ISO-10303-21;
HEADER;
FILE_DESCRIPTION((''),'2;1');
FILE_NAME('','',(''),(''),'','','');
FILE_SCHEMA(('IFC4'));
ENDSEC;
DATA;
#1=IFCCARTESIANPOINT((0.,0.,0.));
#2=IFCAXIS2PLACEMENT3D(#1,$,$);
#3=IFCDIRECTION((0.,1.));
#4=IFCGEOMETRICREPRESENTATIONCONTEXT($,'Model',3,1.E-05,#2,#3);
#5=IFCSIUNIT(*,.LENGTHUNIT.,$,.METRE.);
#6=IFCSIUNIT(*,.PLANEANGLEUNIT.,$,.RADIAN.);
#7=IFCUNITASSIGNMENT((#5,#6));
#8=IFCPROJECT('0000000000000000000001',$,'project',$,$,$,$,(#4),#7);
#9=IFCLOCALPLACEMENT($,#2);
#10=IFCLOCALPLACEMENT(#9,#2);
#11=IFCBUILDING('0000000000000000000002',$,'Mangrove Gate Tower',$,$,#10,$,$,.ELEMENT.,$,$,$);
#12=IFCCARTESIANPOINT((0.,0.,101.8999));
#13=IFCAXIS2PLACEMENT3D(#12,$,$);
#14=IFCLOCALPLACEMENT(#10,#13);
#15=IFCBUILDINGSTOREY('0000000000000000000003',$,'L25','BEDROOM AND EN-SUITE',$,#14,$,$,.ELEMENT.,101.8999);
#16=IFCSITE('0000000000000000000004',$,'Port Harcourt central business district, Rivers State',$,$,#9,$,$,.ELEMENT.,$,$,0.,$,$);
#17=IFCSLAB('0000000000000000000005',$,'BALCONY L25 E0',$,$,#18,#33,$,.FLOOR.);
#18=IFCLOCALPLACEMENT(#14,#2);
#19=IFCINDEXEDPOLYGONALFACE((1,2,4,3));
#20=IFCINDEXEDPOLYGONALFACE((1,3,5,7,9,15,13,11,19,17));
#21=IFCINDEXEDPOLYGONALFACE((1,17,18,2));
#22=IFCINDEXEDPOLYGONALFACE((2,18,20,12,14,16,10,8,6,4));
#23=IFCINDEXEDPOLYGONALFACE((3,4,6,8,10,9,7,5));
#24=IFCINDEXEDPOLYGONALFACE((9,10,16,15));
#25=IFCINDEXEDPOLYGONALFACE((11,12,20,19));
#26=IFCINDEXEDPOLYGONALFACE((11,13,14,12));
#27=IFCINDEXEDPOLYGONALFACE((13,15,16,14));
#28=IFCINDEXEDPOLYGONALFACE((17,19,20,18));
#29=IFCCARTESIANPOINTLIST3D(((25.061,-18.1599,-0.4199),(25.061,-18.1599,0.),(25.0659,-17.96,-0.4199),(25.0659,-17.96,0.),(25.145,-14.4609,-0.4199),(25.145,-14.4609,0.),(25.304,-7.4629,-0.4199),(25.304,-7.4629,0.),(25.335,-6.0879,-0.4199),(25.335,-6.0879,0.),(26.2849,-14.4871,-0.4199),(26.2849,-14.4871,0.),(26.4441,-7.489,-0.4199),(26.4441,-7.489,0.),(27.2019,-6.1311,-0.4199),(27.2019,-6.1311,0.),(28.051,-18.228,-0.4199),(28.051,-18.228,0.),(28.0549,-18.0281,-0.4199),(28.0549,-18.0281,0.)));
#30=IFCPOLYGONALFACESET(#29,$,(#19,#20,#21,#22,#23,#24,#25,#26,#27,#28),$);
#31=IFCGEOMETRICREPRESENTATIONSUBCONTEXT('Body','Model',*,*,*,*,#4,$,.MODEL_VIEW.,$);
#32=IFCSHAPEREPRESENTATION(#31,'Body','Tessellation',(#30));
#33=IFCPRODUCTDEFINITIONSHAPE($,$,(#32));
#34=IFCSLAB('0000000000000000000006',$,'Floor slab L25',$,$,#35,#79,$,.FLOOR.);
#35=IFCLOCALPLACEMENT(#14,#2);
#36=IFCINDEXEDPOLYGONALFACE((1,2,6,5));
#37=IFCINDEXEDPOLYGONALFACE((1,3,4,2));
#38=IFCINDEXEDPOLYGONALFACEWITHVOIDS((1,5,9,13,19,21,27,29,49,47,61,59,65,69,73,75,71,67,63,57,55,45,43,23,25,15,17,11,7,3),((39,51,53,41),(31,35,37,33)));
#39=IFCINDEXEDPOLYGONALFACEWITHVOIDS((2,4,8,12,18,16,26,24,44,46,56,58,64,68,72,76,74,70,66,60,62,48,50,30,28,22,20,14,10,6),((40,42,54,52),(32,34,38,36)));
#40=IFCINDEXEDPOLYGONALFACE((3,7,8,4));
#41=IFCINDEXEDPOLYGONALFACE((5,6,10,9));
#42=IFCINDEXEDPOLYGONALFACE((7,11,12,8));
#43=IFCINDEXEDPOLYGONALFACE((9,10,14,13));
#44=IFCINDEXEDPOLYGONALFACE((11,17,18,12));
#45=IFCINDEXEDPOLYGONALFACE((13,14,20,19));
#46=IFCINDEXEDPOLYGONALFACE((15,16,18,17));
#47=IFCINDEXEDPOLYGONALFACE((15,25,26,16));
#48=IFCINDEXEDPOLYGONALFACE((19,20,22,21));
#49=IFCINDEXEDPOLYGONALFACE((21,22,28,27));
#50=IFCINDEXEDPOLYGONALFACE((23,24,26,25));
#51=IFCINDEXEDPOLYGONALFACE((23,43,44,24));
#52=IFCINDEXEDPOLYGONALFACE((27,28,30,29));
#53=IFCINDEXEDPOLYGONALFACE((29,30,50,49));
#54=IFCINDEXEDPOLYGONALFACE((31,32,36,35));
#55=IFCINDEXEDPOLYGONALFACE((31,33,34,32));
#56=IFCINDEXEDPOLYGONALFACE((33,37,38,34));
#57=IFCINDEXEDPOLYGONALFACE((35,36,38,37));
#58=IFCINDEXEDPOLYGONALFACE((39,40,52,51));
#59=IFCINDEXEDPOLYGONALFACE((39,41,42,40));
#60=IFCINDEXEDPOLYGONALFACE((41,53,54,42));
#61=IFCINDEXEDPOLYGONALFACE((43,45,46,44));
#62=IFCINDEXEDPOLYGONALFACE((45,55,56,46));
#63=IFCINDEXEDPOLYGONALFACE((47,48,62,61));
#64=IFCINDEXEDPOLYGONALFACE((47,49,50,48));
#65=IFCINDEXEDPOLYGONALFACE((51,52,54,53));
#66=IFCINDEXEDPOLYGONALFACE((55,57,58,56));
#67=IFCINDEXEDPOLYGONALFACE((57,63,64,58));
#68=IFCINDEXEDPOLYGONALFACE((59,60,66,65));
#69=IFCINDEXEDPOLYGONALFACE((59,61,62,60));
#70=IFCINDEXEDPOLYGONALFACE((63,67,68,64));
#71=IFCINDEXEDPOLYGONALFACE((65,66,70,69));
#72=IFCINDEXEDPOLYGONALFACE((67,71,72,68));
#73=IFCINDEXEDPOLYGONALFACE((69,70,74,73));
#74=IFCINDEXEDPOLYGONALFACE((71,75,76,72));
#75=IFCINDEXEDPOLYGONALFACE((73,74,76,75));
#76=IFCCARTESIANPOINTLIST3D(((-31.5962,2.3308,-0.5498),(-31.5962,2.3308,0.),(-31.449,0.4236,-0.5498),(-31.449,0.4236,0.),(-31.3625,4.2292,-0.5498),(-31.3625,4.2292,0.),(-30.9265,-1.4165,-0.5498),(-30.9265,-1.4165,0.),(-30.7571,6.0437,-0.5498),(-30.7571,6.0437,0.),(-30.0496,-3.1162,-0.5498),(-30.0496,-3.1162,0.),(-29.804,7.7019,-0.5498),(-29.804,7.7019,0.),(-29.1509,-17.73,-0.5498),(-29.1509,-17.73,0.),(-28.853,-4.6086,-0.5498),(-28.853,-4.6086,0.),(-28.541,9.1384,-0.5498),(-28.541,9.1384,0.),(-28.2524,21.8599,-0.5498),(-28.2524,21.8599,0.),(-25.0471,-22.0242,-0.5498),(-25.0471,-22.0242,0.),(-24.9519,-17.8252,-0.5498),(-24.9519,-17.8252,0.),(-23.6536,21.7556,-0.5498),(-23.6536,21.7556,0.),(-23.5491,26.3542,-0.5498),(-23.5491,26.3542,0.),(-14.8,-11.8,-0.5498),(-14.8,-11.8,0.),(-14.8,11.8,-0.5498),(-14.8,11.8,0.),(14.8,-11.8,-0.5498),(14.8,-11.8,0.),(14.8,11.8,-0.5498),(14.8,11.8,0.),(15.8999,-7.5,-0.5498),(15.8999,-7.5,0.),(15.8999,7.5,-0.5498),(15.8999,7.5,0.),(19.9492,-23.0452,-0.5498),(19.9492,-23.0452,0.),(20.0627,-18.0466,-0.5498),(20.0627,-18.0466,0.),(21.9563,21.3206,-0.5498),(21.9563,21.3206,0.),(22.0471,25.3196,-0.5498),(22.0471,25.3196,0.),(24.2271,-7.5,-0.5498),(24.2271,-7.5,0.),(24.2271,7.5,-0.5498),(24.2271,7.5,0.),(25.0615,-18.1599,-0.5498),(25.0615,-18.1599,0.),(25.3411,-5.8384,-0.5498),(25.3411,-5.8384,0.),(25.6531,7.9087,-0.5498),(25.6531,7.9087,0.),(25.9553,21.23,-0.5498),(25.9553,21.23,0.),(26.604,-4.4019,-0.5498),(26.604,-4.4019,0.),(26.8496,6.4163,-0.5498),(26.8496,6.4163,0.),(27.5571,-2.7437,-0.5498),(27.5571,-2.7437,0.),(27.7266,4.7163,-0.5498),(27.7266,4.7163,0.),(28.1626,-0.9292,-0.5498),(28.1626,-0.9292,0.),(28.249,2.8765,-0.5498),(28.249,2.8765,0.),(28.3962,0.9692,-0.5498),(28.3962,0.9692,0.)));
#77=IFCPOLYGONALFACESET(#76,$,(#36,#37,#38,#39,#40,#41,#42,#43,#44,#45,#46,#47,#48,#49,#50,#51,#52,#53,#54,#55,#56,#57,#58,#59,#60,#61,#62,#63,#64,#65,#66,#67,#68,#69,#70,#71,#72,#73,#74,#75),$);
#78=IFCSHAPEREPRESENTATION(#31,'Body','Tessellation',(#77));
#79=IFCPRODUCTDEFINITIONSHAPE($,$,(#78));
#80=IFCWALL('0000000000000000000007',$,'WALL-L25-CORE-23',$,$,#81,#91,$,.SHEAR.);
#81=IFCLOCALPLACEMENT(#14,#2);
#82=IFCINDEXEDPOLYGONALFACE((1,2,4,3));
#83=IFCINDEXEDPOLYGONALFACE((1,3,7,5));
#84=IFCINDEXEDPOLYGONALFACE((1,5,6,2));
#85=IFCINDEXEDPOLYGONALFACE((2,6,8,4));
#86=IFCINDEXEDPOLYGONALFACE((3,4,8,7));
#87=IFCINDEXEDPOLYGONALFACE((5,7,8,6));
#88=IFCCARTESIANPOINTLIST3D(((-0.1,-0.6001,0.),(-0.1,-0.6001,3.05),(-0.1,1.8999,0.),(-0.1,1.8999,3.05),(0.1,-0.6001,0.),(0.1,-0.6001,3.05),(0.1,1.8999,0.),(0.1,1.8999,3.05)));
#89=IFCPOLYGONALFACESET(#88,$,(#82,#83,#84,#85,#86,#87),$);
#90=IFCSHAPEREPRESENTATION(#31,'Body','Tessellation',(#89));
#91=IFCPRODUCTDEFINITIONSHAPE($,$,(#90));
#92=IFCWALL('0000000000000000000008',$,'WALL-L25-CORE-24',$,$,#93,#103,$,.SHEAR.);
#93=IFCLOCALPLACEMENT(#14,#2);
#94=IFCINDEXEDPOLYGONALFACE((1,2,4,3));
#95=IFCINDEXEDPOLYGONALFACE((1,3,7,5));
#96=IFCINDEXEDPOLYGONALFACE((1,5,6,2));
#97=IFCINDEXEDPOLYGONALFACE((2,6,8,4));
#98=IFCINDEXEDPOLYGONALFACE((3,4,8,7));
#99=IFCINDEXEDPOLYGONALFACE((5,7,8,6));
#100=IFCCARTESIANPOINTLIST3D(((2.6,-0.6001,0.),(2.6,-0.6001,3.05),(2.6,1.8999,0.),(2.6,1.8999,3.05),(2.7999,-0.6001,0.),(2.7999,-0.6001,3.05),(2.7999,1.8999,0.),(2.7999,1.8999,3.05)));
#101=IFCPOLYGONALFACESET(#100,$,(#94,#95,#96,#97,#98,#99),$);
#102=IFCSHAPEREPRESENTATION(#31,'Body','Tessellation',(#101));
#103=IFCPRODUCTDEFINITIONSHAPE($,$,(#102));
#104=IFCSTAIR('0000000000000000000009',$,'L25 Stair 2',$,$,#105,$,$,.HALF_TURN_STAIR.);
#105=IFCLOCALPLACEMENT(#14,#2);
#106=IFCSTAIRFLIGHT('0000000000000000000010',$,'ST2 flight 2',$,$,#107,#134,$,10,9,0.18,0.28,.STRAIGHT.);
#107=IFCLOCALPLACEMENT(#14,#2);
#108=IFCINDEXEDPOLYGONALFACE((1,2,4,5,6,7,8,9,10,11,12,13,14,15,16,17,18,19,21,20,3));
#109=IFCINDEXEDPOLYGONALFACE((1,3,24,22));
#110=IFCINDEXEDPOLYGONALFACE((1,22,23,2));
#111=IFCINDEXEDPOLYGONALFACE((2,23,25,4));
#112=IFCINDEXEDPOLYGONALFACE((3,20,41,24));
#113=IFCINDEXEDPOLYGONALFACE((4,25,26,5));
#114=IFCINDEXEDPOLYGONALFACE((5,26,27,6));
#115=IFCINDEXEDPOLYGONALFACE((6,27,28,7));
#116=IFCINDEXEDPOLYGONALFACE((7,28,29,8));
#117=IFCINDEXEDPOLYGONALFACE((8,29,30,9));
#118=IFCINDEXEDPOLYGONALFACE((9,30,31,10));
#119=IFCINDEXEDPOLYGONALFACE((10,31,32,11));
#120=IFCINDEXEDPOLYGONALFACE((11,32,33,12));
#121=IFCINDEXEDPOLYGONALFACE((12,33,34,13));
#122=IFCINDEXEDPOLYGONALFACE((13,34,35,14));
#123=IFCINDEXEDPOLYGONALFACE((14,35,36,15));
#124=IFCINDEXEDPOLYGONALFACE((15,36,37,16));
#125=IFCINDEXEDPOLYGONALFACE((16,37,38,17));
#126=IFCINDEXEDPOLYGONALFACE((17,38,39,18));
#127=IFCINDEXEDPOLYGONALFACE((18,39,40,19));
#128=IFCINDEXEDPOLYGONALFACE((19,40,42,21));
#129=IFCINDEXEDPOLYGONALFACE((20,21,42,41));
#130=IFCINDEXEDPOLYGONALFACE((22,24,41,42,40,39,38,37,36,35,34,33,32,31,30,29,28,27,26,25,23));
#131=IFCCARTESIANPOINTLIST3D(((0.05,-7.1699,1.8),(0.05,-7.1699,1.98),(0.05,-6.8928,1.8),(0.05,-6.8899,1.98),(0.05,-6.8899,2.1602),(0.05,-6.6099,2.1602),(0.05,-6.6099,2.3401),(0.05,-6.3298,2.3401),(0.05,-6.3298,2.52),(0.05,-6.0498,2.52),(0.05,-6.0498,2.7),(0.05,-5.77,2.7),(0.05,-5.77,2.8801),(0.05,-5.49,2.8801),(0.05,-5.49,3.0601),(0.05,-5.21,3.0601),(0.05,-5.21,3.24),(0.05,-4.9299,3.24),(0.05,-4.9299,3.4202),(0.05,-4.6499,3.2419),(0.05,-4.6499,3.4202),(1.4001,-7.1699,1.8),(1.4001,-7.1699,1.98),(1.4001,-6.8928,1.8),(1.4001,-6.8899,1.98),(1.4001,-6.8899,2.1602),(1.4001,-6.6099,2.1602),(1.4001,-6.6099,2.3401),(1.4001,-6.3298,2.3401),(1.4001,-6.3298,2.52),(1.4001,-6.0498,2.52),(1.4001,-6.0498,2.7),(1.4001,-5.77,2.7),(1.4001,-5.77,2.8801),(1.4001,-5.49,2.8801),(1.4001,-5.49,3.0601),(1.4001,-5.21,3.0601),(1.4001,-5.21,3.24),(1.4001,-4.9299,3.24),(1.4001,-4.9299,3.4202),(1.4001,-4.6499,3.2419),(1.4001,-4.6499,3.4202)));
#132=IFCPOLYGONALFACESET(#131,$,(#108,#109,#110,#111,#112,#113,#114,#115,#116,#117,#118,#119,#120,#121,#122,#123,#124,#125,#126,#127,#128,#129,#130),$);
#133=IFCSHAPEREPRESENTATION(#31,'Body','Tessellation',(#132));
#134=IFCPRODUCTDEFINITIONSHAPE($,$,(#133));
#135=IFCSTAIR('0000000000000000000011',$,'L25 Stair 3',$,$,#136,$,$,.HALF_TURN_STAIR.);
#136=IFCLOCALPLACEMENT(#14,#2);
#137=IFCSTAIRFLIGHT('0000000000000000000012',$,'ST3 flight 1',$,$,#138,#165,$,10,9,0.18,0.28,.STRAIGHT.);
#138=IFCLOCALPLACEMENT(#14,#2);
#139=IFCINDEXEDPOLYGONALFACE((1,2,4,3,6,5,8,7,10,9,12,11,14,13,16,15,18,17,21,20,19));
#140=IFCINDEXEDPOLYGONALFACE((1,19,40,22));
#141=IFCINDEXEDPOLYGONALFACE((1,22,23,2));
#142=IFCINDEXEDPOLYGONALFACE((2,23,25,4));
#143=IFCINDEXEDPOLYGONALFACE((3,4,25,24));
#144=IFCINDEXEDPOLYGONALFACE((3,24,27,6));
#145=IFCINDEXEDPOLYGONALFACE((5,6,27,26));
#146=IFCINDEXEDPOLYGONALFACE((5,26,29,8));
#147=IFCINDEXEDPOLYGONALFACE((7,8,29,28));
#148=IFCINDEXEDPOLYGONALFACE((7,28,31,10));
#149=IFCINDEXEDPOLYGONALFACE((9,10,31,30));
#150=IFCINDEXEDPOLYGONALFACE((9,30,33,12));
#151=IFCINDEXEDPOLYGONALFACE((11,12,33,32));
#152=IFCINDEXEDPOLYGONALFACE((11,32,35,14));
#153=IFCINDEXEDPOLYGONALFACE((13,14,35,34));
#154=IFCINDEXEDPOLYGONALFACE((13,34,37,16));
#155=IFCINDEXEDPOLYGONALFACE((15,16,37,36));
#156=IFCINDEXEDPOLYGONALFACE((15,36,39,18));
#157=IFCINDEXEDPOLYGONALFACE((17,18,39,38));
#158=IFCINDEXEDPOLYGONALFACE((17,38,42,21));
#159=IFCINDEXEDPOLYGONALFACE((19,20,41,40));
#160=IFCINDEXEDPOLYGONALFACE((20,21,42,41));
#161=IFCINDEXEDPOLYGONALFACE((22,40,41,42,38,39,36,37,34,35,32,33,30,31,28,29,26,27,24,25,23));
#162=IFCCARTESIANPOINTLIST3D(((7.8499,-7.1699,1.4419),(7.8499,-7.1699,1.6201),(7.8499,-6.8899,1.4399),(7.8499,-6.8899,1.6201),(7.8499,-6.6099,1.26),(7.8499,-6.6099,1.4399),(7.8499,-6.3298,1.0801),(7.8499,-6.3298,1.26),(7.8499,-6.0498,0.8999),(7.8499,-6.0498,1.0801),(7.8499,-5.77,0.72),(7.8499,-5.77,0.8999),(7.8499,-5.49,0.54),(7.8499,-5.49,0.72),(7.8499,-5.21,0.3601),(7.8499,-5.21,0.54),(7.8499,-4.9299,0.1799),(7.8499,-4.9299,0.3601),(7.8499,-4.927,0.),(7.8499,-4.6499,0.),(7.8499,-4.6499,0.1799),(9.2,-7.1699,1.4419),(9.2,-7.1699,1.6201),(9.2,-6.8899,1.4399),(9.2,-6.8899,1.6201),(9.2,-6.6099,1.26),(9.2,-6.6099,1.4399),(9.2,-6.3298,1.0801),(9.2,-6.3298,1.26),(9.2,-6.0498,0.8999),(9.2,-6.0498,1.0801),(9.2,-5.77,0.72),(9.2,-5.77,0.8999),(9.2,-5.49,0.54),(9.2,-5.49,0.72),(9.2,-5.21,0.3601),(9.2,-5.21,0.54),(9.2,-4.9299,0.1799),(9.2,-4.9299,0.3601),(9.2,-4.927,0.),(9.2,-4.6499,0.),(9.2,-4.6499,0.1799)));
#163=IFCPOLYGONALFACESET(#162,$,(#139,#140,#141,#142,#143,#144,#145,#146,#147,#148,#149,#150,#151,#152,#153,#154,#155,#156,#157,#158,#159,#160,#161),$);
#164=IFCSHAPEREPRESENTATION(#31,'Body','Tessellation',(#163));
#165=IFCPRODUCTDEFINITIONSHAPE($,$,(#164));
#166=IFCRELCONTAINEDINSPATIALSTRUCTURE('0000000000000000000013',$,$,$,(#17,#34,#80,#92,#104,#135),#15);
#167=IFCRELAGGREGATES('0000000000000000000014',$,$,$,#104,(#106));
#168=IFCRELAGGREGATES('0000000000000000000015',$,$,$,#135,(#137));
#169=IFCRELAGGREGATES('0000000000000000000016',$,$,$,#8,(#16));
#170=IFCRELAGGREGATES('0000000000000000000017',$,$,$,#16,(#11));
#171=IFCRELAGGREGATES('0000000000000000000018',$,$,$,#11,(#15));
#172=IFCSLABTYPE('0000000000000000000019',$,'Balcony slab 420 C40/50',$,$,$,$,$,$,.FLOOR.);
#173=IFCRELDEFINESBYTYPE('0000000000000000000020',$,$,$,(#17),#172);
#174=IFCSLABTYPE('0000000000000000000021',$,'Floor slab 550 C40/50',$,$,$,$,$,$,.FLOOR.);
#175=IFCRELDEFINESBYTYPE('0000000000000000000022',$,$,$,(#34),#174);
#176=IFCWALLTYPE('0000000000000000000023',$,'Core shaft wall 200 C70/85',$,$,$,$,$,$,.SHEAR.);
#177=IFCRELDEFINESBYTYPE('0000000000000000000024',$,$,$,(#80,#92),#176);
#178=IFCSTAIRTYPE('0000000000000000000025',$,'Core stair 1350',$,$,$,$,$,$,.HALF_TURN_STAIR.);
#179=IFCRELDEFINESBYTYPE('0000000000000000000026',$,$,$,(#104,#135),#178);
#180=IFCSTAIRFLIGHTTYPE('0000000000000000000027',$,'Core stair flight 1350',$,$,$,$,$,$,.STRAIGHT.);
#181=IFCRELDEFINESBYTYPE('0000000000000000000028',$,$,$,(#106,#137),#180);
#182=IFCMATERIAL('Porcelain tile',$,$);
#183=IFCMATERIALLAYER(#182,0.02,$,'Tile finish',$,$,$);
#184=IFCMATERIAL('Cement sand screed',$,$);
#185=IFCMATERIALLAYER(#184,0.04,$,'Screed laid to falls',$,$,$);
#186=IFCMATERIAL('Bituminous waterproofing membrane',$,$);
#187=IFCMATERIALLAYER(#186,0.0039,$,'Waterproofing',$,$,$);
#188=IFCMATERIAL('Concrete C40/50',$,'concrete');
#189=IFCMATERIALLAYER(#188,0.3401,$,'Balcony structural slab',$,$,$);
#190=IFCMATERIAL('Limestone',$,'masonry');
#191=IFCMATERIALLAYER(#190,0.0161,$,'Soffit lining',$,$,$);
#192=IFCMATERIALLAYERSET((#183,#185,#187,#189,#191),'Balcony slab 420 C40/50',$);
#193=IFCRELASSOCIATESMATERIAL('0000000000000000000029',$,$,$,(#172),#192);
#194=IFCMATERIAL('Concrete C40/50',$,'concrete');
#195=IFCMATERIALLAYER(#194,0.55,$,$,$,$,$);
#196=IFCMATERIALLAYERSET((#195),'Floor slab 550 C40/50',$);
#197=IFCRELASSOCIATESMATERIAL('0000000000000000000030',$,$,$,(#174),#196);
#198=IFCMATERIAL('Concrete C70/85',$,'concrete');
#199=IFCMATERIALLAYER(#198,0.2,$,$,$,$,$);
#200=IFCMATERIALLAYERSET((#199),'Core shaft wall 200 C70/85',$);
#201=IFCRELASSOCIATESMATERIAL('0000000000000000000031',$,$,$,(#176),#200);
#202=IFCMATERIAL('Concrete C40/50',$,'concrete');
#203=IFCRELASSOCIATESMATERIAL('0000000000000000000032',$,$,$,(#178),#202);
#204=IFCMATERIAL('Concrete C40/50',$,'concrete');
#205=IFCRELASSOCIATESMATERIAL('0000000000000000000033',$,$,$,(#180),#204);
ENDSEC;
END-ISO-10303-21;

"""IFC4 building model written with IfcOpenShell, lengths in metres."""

from ifc_helpers import new_model, si_unit, direction, frame, frame_2d, origin, place, context, subcontext, project, spatial, polyline, rectangle, outline, extrude, material, layer, layer_set, type_object, element, aggregate, save


model = new_model("IFC4")

# Units and contexts
model_context = context("Model", 3, precision=1e-05, world=origin(), true_north=direction((0.0, 1.0)))
body_context = subcontext(model_context, "Body", "Model", "MODEL_VIEW")
ifc_project = project(units=[si_unit("LENGTHUNIT", "METRE"), si_unit("PLANEANGLEUNIT", "RADIAN")], contexts=[model_context])

# Site, building, storey
site_placement = place(None, origin())
site = spatial("IfcSite", under=ifc_project, at=site_placement, Name="Port Harcourt central business district, Rivers State", CompositionType="ELEMENT", RefElevation=0.0)
building_placement = place(site_placement, origin())
building = spatial("IfcBuilding", under=site, at=building_placement, Name="Mangrove Gate Tower", CompositionType="ELEMENT")
storey_placement = place(building_placement, frame((0.0, 0.0, 101.8999)))
storey = spatial("IfcBuildingStorey", under=building, at=storey_placement, Name="L25", Description="BEDROOM AND EN-SUITE", CompositionType="ELEMENT", Elevation=101.8999)

# Slabs
ifc_material_1 = material(Name="Porcelain tile")
ifc_layer_1 = layer(ifc_material_1, 0.02, Name="Tile finish")
ifc_material_2 = material(Name="Cement sand screed")
ifc_layer_2 = layer(ifc_material_2, 0.04, Name="Screed laid to falls")
ifc_material_3 = material(Name="Bituminous waterproofing membrane")
ifc_layer_3 = layer(ifc_material_3, 0.0039, Name="Waterproofing")
ifc_material_4 = material(Name="Concrete C40/50", Category="concrete")
ifc_layer_4 = layer(ifc_material_4, 0.3401, Name="Balcony structural slab")
ifc_material_5 = material(Name="Limestone", Category="masonry")
ifc_layer_5 = layer(ifc_material_5, 0.0161, Name="Soffit lining")
ifc_layer_set_1 = layer_set([ifc_layer_1, ifc_layer_2, ifc_layer_3, ifc_layer_4, ifc_layer_5], Name="Balcony slab 420 C40/50")
slab_type_1 = type_object("IfcSlabType", Name="Balcony slab 420 C40/50", PredefinedType="FLOOR", material=ifc_layer_set_1)
slab_1_placement = place(storey_placement, frame((0.0, 0.0, -0.4199)))
element("IfcSlab", 1, at=slab_1_placement, inside=storey, type_object=slab_type_1, Name="BALCONY L25 E0", PredefinedType="FLOOR", context=body_context, shape_type="SweptSolid", body=[
    extrude(outline(polyline([(28.051, -18.228), (28.0549, -18.0281), (26.2849, -14.4871), (26.4441, -7.489), (27.2019, -6.1311), (25.335, -6.0879), (25.304, -7.4629), (25.145, -14.4609), (25.0659, -17.96), (25.061, -18.1599), (28.051, -18.228)])), origin(), (0.0, 0.0, 1.0), 0.4199),
])
ifc_material_6 = material(Name="Concrete C40/50", Category="concrete")
ifc_layer_6 = layer(ifc_material_6, 0.55)
ifc_layer_set_2 = layer_set([ifc_layer_6], Name="Floor slab 550 C40/50")
slab_type_2 = type_object("IfcSlabType", Name="Floor slab 550 C40/50", PredefinedType="FLOOR", material=ifc_layer_set_2)
slab_2_placement = place(storey_placement, frame((0.0, 0.0, -0.5498)))
element("IfcSlab", 2, at=slab_2_placement, inside=storey, type_object=slab_type_2, Name="Floor slab L25", PredefinedType="FLOOR", context=body_context, shape_type="SweptSolid", body=[
    extrude(outline(polyline([(-25.0471, -22.0242), (19.9492, -23.0452), (20.0627, -18.0466), (25.0615, -18.1599), (25.3411, -5.8384), (26.604, -4.4019), (27.5571, -2.7437), (28.1626, -0.9292), (28.3962, 0.9692), (28.249, 2.8765), (27.7266, 4.7163), (26.8496, 6.4163), (25.6531, 7.9087), (25.9553, 21.23), (21.9563, 21.3206), (22.0471, 25.3196), (-23.5491, 26.3542), (-23.6536, 21.7556), (-28.2524, 21.8599), (-28.541, 9.1384), (-29.804, 7.7019), (-30.7571, 6.0437), (-31.3625, 4.2292), (-31.5962, 2.3308), (-31.449, 0.4236), (-30.9265, -1.4165), (-30.0496, -3.1162), (-28.853, -4.6086), (-29.1509, -17.73), (-24.9519, -17.8252), (-25.0471, -22.0242)]), holes=[polyline([(15.8999, 7.5), (24.2271, 7.5), (24.2271, -7.5), (15.8999, -7.5), (15.8999, 7.5)]), polyline([(-14.8, -11.8), (-14.8, 11.8), (14.8, 11.8), (14.8, -11.8), (-14.8, -11.8)])]), origin(), (0.0, 0.0, 1.0), 0.5498),
])

# Walls
ifc_material_7 = material(Name="Concrete C70/85", Category="concrete")
ifc_layer_7 = layer(ifc_material_7, 0.2)
ifc_layer_set_3 = layer_set([ifc_layer_7], Name="Core shaft wall 200 C70/85")
wall_type = type_object("IfcWallType", Name="Core shaft wall 200 C70/85", PredefinedType="SHEAR", material=ifc_layer_set_3)
for number, where, z_axis, x_axis, name in (
    (3, (0.0, -0.6001, 0.0), (0.0, 0.0, 1.0), (0.0, 1.0, 0.0), "WALL-L25-CORE-23"),
    (4, (2.7, -0.6001, 0.0), (0.0, 0.0, 1.0), (0.0, 1.0, 0.0), "WALL-L25-CORE-24"),
):
    element("IfcWall", number, at=place(storey_placement, frame(where, z_axis=z_axis, x_axis=x_axis)), inside=storey, type_object=wall_type, Name=name, PredefinedType="SHEAR", context=body_context, shape_type="SweptSolid", body=[
        extrude(rectangle(XDim=2.5, YDim=0.2, at=frame_2d((1.25, 0.0))), origin(), (0.0, 0.0, 1.0), 3.05),
    ])

# Stair, stair flight
ifc_material_8 = material(Name="Concrete C40/50", Category="concrete")
stair_type = type_object("IfcStairType", Name="Core stair 1350", PredefinedType="HALF_TURN_STAIR", material=ifc_material_8)
stair_1_placement = place(storey_placement, origin())
stair_1 = element("IfcStair", 5, at=stair_1_placement, inside=storey, type_object=stair_type, Name="L25 Stair 2", PredefinedType="HALF_TURN_STAIR")
ifc_material_9 = material(Name="Concrete C40/50", Category="concrete")
stair_flight_type = type_object("IfcStairFlightType", Name="Core stair flight 1350", PredefinedType="STRAIGHT", material=ifc_material_9)
stair_flight_1_placement = place(storey_placement, frame((0.7251, -7.1699, 1.8), z_axis=(0.0, 0.0, 1.0), x_axis=(0.0, 1.0, 0.0)))
stair_flight_1 = element("IfcStairFlight", 6, at=stair_flight_1_placement, type_object=stair_flight_type, Name="ST2 flight 2", NumberOfRisers=10, NumberOfTreads=9, PredefinedType="STRAIGHT", RiserHeight=0.18, TreadLength=0.28, context=body_context, shape_type="SweptSolid", body=[
    extrude(outline(polyline([(0.0, 0.0), (0.0, 0.1799), (0.28, 0.1799), (0.28, 0.3601), (0.5601, 0.3601), (0.5601, 0.54), (0.8401, 0.54), (0.8401, 0.72), (1.1201, 0.72), (1.1201, 0.8999), (1.3999, 0.8999), (1.3999, 1.0801), (1.6799, 1.0801), (1.6799, 1.26), (1.96, 1.26), (1.96, 1.4399), (2.24, 1.4399), (2.24, 1.6201), (2.52, 1.6201), (2.52, 1.8), (2.52, 1.4419), (0.2771, 0.0), (0.0, 0.0)])), frame((0.0, 0.675, 0.0), z_axis=(0.0, -1.0, 0.0), x_axis=(1.0, 0.0, 0.0)), (0.0, 0.0, 1.0), 1.3501),
])
aggregate(stair_1, [stair_flight_1])

# Stair, stair flight
stair_2_placement = place(storey_placement, origin())
stair_2 = element("IfcStair", 7, at=stair_2_placement, inside=storey, type_object=stair_type, Name="L25 Stair 3", PredefinedType="HALF_TURN_STAIR")
stair_flight_2_placement = place(storey_placement, frame((8.5249, -4.6499, 0.0), z_axis=(0.0, 0.0, 1.0), x_axis=(0.0, -1.0, 0.0)))
stair_flight_2 = element("IfcStairFlight", 8, at=stair_flight_2_placement, type_object=stair_flight_type, Name="ST3 flight 1", NumberOfRisers=10, NumberOfTreads=9, PredefinedType="STRAIGHT", RiserHeight=0.18, TreadLength=0.28, context=body_context, shape_type="SweptSolid", body=[
    extrude(outline(polyline([(0.0, 0.0), (0.0, 0.1799), (0.28, 0.1799), (0.28, 0.3601), (0.5601, 0.3601), (0.5601, 0.54), (0.8401, 0.54), (0.8401, 0.72), (1.1201, 0.72), (1.1201, 0.8999), (1.3999, 0.8999), (1.3999, 1.0801), (1.6799, 1.0801), (1.6799, 1.26), (1.96, 1.26), (1.96, 1.4399), (2.24, 1.4399), (2.24, 1.6201), (2.52, 1.6201), (2.52, 1.8), (2.52, 1.4419), (0.2771, 0.0), (0.0, 0.0)])), frame((0.0, 0.675, 0.0), z_axis=(0.0, -1.0, 0.0), x_axis=(1.0, 0.0, 0.0)), (0.0, 0.0, 1.0), 1.3501),
])
aggregate(stair_2, [stair_flight_2])

save(model, "model.ifc")
